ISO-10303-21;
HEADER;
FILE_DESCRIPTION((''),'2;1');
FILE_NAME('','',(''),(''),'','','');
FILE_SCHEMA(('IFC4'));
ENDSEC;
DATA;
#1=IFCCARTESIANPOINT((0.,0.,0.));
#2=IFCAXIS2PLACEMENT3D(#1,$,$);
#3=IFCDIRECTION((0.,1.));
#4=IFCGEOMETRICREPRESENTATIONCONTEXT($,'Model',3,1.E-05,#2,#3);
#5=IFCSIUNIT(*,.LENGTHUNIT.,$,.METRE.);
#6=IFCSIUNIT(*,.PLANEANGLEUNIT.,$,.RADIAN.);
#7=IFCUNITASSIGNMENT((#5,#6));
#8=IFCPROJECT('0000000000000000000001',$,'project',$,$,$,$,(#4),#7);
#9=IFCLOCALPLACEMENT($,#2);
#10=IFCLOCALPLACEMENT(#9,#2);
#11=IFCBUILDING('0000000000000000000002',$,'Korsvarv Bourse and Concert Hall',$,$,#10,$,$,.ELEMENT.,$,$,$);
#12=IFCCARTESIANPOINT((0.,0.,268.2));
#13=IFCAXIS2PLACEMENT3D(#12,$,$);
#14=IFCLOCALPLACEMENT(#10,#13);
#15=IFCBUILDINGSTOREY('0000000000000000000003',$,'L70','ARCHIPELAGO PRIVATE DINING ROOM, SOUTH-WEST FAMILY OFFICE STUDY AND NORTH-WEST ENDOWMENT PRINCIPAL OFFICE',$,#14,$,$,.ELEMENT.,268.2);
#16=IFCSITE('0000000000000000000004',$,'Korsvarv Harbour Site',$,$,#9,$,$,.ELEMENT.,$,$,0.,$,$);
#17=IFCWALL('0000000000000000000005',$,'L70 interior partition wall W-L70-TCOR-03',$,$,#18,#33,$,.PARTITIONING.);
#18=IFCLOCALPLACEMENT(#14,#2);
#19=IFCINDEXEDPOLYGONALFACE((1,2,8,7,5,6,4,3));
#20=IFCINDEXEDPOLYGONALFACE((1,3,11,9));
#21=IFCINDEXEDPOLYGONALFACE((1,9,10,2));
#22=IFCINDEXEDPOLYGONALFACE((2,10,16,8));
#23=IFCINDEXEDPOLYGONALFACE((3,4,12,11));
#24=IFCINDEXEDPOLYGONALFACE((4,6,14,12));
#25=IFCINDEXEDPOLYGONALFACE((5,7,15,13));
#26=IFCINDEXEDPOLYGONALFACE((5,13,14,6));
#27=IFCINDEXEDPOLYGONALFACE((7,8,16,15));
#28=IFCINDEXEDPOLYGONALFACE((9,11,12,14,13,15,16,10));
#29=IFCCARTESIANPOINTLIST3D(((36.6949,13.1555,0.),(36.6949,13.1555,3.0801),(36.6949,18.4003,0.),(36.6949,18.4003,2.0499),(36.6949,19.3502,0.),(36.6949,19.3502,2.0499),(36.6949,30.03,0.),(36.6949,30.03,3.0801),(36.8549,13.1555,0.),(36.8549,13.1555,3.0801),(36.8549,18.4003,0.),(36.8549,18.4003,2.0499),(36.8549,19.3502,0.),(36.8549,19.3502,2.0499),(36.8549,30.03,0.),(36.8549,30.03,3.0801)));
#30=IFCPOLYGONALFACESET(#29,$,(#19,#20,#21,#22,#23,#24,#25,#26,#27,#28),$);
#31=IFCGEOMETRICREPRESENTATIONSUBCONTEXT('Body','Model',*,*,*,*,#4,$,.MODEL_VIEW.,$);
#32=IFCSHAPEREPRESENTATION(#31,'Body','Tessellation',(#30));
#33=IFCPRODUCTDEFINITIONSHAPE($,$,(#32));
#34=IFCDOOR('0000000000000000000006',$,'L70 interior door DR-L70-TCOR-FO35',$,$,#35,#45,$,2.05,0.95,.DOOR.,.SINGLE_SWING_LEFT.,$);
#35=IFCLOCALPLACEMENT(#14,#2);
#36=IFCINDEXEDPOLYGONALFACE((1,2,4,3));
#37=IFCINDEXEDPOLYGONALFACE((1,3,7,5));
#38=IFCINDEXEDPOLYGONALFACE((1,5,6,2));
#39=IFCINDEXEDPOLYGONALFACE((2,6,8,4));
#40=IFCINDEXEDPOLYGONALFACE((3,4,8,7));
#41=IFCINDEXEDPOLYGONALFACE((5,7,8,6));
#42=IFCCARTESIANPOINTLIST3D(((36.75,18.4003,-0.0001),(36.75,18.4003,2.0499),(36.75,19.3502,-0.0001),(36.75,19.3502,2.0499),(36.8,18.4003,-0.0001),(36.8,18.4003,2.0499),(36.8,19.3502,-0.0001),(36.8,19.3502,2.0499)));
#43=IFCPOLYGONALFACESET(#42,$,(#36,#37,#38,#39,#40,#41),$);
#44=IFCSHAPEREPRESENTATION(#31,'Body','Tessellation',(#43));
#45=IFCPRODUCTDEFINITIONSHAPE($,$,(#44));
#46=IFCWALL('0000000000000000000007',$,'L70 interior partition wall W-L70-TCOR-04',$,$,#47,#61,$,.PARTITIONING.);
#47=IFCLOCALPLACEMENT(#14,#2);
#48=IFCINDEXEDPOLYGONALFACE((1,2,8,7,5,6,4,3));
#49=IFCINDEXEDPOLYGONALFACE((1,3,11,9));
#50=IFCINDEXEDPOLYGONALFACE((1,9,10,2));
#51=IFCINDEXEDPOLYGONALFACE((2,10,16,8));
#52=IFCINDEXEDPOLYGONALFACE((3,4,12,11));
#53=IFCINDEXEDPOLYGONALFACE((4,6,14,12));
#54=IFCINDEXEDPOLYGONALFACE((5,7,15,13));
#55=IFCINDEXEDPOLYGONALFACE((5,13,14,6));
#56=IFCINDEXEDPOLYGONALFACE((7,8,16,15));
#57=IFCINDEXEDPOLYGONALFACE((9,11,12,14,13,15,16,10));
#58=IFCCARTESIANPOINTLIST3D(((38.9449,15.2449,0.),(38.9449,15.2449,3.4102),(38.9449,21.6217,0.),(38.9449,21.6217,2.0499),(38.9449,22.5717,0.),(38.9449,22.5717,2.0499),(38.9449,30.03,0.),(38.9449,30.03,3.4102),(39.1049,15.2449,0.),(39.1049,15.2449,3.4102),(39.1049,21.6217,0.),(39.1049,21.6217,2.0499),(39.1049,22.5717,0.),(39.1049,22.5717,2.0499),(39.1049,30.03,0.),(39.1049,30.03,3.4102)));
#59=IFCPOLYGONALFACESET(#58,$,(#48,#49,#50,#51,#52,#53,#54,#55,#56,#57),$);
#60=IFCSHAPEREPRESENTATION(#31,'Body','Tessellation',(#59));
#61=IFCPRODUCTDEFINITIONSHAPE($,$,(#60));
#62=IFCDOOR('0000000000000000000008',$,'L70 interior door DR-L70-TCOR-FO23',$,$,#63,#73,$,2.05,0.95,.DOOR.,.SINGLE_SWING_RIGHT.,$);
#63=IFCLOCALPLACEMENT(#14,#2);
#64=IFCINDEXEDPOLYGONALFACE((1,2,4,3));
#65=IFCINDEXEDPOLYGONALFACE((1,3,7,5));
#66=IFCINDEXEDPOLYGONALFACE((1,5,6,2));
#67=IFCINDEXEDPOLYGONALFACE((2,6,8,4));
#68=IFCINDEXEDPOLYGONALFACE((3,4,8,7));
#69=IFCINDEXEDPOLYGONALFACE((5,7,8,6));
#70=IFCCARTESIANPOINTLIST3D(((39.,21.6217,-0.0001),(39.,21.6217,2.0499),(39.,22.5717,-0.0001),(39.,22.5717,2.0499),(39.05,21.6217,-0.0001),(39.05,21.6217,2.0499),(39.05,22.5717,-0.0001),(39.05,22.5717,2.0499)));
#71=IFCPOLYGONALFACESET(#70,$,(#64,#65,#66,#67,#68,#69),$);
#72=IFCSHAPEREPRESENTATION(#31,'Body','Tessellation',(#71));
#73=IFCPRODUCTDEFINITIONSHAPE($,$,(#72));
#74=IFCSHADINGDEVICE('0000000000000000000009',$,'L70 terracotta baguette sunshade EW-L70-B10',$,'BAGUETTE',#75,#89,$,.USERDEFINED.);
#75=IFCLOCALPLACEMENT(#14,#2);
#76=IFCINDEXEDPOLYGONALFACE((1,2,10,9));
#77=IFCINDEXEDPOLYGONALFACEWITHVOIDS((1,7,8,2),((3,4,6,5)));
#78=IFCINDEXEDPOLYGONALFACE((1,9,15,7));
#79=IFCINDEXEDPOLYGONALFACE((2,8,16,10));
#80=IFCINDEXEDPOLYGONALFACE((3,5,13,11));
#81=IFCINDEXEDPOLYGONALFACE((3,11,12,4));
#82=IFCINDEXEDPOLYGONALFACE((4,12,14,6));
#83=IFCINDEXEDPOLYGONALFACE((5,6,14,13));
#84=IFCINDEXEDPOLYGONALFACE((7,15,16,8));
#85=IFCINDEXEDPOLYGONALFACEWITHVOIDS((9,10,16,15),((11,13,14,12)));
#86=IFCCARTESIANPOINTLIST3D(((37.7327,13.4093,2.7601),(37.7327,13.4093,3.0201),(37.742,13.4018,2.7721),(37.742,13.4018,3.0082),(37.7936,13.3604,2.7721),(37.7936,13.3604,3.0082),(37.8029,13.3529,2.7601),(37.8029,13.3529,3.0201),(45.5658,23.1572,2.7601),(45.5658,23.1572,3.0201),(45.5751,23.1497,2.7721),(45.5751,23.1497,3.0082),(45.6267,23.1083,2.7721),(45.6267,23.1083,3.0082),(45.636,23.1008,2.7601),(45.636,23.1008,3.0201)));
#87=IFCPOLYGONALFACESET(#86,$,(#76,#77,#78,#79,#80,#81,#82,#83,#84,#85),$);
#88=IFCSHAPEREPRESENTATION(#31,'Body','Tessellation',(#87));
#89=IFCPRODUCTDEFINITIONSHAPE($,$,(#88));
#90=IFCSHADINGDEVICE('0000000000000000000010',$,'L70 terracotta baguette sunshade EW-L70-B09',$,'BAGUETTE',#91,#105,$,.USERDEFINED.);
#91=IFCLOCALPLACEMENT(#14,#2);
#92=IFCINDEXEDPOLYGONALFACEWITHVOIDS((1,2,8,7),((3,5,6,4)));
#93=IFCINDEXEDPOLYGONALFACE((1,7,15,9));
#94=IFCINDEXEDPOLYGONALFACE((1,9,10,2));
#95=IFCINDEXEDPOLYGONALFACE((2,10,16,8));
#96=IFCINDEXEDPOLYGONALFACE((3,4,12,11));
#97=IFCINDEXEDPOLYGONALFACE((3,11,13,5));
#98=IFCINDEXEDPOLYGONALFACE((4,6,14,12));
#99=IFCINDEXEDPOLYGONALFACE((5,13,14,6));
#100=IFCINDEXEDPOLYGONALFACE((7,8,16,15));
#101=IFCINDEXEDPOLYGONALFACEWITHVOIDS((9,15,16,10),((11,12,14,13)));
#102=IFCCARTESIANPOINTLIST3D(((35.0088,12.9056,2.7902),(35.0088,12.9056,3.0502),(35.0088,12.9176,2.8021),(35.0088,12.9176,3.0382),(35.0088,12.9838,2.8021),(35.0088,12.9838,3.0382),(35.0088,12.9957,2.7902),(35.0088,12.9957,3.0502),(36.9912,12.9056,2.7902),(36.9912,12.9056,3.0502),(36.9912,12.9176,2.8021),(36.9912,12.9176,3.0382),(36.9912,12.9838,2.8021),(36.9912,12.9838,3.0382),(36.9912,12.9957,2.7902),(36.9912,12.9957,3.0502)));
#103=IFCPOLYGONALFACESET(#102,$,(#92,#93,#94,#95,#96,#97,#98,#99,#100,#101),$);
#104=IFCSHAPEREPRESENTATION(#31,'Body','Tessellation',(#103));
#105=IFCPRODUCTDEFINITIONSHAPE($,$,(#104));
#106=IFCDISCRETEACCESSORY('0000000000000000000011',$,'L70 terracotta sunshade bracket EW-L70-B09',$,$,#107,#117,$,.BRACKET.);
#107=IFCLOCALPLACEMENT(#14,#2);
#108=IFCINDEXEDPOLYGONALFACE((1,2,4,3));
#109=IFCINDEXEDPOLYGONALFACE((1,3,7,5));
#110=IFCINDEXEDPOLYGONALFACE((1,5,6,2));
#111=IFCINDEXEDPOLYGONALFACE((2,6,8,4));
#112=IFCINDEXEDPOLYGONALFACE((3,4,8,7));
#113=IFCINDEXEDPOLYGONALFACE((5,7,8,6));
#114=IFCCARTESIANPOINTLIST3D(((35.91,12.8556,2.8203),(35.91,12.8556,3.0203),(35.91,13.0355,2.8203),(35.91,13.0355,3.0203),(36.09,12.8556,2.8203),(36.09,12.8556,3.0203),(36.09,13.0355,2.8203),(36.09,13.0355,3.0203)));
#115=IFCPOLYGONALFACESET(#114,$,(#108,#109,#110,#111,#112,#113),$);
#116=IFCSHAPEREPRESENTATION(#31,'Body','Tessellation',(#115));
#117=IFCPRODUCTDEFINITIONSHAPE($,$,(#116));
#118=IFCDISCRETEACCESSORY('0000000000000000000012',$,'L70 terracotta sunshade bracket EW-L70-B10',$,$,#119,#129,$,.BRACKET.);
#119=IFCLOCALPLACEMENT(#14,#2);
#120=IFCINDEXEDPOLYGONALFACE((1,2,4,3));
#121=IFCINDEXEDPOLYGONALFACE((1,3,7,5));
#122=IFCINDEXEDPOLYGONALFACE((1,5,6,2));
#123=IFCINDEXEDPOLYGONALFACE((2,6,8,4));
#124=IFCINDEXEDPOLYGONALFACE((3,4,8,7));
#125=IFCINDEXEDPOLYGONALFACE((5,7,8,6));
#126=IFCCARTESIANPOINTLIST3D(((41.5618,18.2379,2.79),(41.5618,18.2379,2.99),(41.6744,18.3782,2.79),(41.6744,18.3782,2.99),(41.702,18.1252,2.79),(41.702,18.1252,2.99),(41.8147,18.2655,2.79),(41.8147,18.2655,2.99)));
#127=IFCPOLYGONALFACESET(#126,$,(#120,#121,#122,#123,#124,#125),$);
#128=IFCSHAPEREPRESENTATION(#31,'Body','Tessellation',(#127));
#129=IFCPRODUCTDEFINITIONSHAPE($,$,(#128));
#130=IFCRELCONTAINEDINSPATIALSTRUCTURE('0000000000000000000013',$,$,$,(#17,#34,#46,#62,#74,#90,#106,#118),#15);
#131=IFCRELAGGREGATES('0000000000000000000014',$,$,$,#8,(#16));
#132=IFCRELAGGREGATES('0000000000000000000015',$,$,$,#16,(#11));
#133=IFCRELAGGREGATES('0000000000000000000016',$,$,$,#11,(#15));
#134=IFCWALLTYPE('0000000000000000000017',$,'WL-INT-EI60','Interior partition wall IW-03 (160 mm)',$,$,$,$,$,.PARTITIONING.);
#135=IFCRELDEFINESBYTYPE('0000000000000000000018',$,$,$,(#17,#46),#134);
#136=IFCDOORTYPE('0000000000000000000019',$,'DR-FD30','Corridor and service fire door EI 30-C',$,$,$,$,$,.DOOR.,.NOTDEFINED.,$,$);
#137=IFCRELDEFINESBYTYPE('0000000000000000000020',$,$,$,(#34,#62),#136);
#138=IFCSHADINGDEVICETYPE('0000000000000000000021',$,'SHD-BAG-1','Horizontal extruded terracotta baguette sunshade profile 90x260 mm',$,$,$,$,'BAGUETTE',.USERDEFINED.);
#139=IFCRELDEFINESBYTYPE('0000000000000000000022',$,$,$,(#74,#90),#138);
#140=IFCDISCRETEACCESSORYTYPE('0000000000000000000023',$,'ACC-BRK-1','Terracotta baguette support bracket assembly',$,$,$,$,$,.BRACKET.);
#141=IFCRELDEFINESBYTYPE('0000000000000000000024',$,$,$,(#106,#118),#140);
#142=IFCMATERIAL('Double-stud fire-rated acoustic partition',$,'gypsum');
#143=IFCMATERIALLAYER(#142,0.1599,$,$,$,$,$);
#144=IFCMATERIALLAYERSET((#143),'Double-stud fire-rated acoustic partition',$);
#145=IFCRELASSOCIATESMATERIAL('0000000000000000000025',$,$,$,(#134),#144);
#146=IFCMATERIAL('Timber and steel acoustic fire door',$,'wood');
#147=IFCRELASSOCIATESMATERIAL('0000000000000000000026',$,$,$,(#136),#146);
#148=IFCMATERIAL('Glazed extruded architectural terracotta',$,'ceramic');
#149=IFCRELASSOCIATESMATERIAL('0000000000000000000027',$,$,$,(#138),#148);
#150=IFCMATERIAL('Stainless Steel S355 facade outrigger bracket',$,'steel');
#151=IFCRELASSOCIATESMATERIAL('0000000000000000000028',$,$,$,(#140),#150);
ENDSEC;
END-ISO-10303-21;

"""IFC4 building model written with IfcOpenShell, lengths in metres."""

from ifc_helpers import new_model, si_unit, direction, frame, frame_2d, origin, origin_2d, place, context, subcontext, project, spatial, rectangle, hollow_rectangle, extrude, source, transform, mapped, material, layer, layer_set, material_profile, profile_set, type_object, element, fill, save


model = new_model("IFC4")

# Units and contexts
model_context = context("Model", 3, precision=1e-05, world=origin(), true_north=direction((0.0, 1.0)))
body_context = subcontext(model_context, "Body", "Model", "MODEL_VIEW")
ifc_project = project(units=[si_unit("LENGTHUNIT", "METRE"), si_unit("PLANEANGLEUNIT", "RADIAN")], contexts=[model_context])

# Site, building, storey
site_placement = place(None, origin())
site = spatial("IfcSite", under=ifc_project, at=site_placement, Name="Korsvarv Harbour Site", CompositionType="ELEMENT", RefElevation=0.0)
building_placement = place(site_placement, origin())
building = spatial("IfcBuilding", under=site, at=building_placement, Name="Korsvarv Bourse and Concert Hall", CompositionType="ELEMENT")
storey_placement = place(building_placement, frame((0.0, 0.0, 268.2)))
storey = spatial("IfcBuildingStorey", under=building, at=storey_placement, Name="L70", Description="ARCHIPELAGO PRIVATE DINING ROOM, SOUTH-WEST FAMILY OFFICE STUDY AND NORTH-WEST ENDOWMENT PRINCIPAL OFFICE", CompositionType="ELEMENT", Elevation=268.2)

# Walls, openings, doors
ifc_material_1 = material(Name="Double-stud fire-rated acoustic partition", Category="gypsum")
ifc_layer_1 = layer(ifc_material_1, 0.1599)
ifc_layer_set_1 = layer_set([ifc_layer_1], Name="Double-stud fire-rated acoustic partition")
wall_type_1 = type_object("IfcWallType", Name="WL-INT-EI60", Description="Interior partition wall IW-03 (160 mm)", PredefinedType="PARTITIONING", material=ifc_layer_set_1)
wall_1_placement = place(storey_placement, frame((36.7749, 13.1555, 0.0), z_axis=(0.0, 0.0, 1.0), x_axis=(0.0, 1.0, 0.0)))
wall_1 = element("IfcWall", 1, at=wall_1_placement, inside=storey, type_object=wall_type_1, Name="L70 interior partition wall W-L70-TCOR-03", PredefinedType="PARTITIONING", context=body_context, shape_type="SweptSolid", body=[
    extrude(rectangle(XDim=16.8745, YDim=0.1599, at=frame_2d((8.4373, 0.0))), origin(), (0.0, 0.0, 1.0), 3.0801),
])
opening_1_placement = place(wall_1_placement, frame((5.2446, 0.0, 0.0)))
opening_1 = element("IfcOpeningElement", 2, at=opening_1_placement, cuts=wall_1, PredefinedType="OPENING", context=body_context, shape_type="SweptSolid", body=[
    extrude(rectangle(XDim=0.95, YDim=2.05, at=frame_2d((0.4751, 1.0249))), frame((0.0, 0.0898, 0.0), z_axis=(0.0, -1.0, 0.0), x_axis=(1.0, 0.0, 0.0)), (0.0, 0.0, 1.0), 0.1799),
])
ifc_material_2 = material(Name="Timber and steel acoustic fire door", Category="wood")
door_type = type_object("IfcDoorType", Name="DR-FD30", Description="Corridor and service fire door EI 30-C", OperationType="NOTDEFINED", PredefinedType="DOOR", material=ifc_material_2)
door_1_placement = place(opening_1_placement, origin())
door_1 = element("IfcDoor", 3, at=door_1_placement, inside=storey, type_object=door_type, Name="L70 interior door DR-L70-TCOR-FO35", OperationType="SINGLE_SWING_LEFT", OverallHeight=2.05, OverallWidth=0.95, PredefinedType="DOOR", context=body_context, shape_type="SweptSolid", body=[
    extrude(rectangle(XDim=0.95, YDim=2.05, at=frame_2d((0.4751, 1.0249))), frame((0.0, 0.0249, 0.0), z_axis=(0.0, -1.0, 0.0), x_axis=(1.0, 0.0, 0.0)), (0.0, 0.0, 1.0), 0.05),
])
fill(opening_1, door_1)
wall_2_placement = place(storey_placement, frame((39.0249, 15.2449, 0.0), z_axis=(0.0, 0.0, 1.0), x_axis=(0.0, 1.0, 0.0)))
wall_2 = element("IfcWall", 4, at=wall_2_placement, inside=storey, type_object=wall_type_1, Name="L70 interior partition wall W-L70-TCOR-04", PredefinedType="PARTITIONING", context=body_context, shape_type="SweptSolid", body=[
    extrude(rectangle(XDim=14.7852, YDim=0.1599, at=frame_2d((7.3926, 0.0))), origin(), (0.0, 0.0, 1.0), 3.4102),
])
opening_2_placement = place(wall_2_placement, frame((6.3767, 0.0, 0.0)))
opening_2 = element("IfcOpeningElement", 5, at=opening_2_placement, cuts=wall_2, PredefinedType="OPENING", context=body_context, shape_type="SweptSolid", body=[
    extrude(rectangle(XDim=0.95, YDim=2.05, at=frame_2d((0.4751, 1.0249))), frame((0.0, 0.0898, 0.0), z_axis=(0.0, -1.0, 0.0), x_axis=(1.0, 0.0, 0.0)), (0.0, 0.0, 1.0), 0.1799),
])
door_2_placement = place(opening_2_placement, origin())
door_2 = element("IfcDoor", 6, at=door_2_placement, inside=storey, type_object=door_type, Name="L70 interior door DR-L70-TCOR-FO23", OperationType="SINGLE_SWING_RIGHT", OverallHeight=2.05, OverallWidth=0.95, PredefinedType="DOOR", context=body_context, shape_type="SweptSolid", body=[
    extrude(rectangle(XDim=0.95, YDim=2.05, at=frame_2d((0.4751, 1.0249))), frame((0.0, 0.0249, 0.0), z_axis=(0.0, -1.0, 0.0), x_axis=(1.0, 0.0, 0.0)), (0.0, 0.0, 1.0), 0.05),
])
fill(opening_2, door_2)

# Shading devices
ifc_material_3 = material(Name="Glazed extruded architectural terracotta", Category="ceramic")
ifc_material_profile_1 = material_profile(ifc_material_3, hollow_rectangle(XDim=0.0901, YDim=0.26, WallThickness=0.012, at=origin_2d()), Name="TC-BAG 90x260")
ifc_profile_set_1 = profile_set([ifc_material_profile_1], Name="Glazed extruded architectural terracotta")
shading_device_type = type_object("IfcShadingDeviceType", Name="SHD-BAG-1", Description="Horizontal extruded terracotta baguette sunshade profile 90x260 mm", ElementType="BAGUETTE", PredefinedType="USERDEFINED", material=ifc_profile_set_1)
shared_shape_1 = source(origin(), body_context, "Body", "SweptSolid", [
    extrude(hollow_rectangle(XDim=0.0901, YDim=0.26, WallThickness=0.012, at=origin_2d()), origin(), (0.0, 0.0, 1.0), 12.5051),
])
shading_device_1_placement = place(storey_placement, frame((37.7678, 13.3811, 2.8901), z_axis=(0.626389, 0.779511, 0.0), x_axis=(-0.779511, 0.626389, 0.0)))
element("IfcShadingDevice", 7, at=shading_device_1_placement, inside=storey, type_object=shading_device_type, Name="L70 terracotta baguette sunshade EW-L70-B10", ObjectType="BAGUETTE", PredefinedType="USERDEFINED", context=body_context, shape_type="MappedRepresentation", body=[
    mapped(shared_shape_1, transform((0.0, 0.0, 0.0), scale=1.0)),
])
shared_shape_2 = source(origin(), body_context, "Body", "SweptSolid", [
    extrude(hollow_rectangle(XDim=0.0901, YDim=0.26, WallThickness=0.012, at=origin_2d()), origin(), (0.0, 0.0, 1.0), 1.9824),
])
shading_device_2_placement = place(storey_placement, frame((35.0088, 12.9507, 2.9202), z_axis=(1.0, 0.0, 0.0), x_axis=(0.0, 1.0, 0.0)))
element("IfcShadingDevice", 8, at=shading_device_2_placement, inside=storey, type_object=shading_device_type, Name="L70 terracotta baguette sunshade EW-L70-B09", ObjectType="BAGUETTE", PredefinedType="USERDEFINED", context=body_context, shape_type="MappedRepresentation", body=[
    mapped(shared_shape_2, transform((0.0, 0.0, 0.0), scale=1.0)),
])

# Discrete accessories
ifc_material_4 = material(Name="Stainless Steel S355 facade outrigger bracket", Category="steel")
discrete_accessory_type = type_object("IfcDiscreteAccessoryType", Name="ACC-BRK-1", Description="Terracotta baguette support bracket assembly", PredefinedType="BRACKET", material=ifc_material_4)
shared_shape_3 = source(origin(), body_context, "Body", "SweptSolid", [
    extrude(rectangle(XDim=0.1799, YDim=0.1799, at=origin_2d()), origin(), (0.0, 0.0, 1.0), 0.2),
])
for number, where, z_axis, x_axis, name in (
    (9, (36.0, 12.9456, 2.8203), (0.0, 0.0, 1.0), (1.0, 0.0, 0.0), "L70 terracotta sunshade bracket EW-L70-B09"),
    (10, (41.6882, 18.2517, 2.79), (0.0, 0.0, 1.0), (0.626332, 0.779557, 0.0), "L70 terracotta sunshade bracket EW-L70-B10"),
):
    element("IfcDiscreteAccessory", number, at=place(storey_placement, frame(where, z_axis=z_axis, x_axis=x_axis)), inside=storey, type_object=discrete_accessory_type, Name=name, PredefinedType="BRACKET", context=body_context, shape_type="MappedRepresentation", body=[
        mapped(shared_shape_3, transform((0.0, 0.0, 0.0), scale=1.0)),
    ])

save(model, "model.ifc")
